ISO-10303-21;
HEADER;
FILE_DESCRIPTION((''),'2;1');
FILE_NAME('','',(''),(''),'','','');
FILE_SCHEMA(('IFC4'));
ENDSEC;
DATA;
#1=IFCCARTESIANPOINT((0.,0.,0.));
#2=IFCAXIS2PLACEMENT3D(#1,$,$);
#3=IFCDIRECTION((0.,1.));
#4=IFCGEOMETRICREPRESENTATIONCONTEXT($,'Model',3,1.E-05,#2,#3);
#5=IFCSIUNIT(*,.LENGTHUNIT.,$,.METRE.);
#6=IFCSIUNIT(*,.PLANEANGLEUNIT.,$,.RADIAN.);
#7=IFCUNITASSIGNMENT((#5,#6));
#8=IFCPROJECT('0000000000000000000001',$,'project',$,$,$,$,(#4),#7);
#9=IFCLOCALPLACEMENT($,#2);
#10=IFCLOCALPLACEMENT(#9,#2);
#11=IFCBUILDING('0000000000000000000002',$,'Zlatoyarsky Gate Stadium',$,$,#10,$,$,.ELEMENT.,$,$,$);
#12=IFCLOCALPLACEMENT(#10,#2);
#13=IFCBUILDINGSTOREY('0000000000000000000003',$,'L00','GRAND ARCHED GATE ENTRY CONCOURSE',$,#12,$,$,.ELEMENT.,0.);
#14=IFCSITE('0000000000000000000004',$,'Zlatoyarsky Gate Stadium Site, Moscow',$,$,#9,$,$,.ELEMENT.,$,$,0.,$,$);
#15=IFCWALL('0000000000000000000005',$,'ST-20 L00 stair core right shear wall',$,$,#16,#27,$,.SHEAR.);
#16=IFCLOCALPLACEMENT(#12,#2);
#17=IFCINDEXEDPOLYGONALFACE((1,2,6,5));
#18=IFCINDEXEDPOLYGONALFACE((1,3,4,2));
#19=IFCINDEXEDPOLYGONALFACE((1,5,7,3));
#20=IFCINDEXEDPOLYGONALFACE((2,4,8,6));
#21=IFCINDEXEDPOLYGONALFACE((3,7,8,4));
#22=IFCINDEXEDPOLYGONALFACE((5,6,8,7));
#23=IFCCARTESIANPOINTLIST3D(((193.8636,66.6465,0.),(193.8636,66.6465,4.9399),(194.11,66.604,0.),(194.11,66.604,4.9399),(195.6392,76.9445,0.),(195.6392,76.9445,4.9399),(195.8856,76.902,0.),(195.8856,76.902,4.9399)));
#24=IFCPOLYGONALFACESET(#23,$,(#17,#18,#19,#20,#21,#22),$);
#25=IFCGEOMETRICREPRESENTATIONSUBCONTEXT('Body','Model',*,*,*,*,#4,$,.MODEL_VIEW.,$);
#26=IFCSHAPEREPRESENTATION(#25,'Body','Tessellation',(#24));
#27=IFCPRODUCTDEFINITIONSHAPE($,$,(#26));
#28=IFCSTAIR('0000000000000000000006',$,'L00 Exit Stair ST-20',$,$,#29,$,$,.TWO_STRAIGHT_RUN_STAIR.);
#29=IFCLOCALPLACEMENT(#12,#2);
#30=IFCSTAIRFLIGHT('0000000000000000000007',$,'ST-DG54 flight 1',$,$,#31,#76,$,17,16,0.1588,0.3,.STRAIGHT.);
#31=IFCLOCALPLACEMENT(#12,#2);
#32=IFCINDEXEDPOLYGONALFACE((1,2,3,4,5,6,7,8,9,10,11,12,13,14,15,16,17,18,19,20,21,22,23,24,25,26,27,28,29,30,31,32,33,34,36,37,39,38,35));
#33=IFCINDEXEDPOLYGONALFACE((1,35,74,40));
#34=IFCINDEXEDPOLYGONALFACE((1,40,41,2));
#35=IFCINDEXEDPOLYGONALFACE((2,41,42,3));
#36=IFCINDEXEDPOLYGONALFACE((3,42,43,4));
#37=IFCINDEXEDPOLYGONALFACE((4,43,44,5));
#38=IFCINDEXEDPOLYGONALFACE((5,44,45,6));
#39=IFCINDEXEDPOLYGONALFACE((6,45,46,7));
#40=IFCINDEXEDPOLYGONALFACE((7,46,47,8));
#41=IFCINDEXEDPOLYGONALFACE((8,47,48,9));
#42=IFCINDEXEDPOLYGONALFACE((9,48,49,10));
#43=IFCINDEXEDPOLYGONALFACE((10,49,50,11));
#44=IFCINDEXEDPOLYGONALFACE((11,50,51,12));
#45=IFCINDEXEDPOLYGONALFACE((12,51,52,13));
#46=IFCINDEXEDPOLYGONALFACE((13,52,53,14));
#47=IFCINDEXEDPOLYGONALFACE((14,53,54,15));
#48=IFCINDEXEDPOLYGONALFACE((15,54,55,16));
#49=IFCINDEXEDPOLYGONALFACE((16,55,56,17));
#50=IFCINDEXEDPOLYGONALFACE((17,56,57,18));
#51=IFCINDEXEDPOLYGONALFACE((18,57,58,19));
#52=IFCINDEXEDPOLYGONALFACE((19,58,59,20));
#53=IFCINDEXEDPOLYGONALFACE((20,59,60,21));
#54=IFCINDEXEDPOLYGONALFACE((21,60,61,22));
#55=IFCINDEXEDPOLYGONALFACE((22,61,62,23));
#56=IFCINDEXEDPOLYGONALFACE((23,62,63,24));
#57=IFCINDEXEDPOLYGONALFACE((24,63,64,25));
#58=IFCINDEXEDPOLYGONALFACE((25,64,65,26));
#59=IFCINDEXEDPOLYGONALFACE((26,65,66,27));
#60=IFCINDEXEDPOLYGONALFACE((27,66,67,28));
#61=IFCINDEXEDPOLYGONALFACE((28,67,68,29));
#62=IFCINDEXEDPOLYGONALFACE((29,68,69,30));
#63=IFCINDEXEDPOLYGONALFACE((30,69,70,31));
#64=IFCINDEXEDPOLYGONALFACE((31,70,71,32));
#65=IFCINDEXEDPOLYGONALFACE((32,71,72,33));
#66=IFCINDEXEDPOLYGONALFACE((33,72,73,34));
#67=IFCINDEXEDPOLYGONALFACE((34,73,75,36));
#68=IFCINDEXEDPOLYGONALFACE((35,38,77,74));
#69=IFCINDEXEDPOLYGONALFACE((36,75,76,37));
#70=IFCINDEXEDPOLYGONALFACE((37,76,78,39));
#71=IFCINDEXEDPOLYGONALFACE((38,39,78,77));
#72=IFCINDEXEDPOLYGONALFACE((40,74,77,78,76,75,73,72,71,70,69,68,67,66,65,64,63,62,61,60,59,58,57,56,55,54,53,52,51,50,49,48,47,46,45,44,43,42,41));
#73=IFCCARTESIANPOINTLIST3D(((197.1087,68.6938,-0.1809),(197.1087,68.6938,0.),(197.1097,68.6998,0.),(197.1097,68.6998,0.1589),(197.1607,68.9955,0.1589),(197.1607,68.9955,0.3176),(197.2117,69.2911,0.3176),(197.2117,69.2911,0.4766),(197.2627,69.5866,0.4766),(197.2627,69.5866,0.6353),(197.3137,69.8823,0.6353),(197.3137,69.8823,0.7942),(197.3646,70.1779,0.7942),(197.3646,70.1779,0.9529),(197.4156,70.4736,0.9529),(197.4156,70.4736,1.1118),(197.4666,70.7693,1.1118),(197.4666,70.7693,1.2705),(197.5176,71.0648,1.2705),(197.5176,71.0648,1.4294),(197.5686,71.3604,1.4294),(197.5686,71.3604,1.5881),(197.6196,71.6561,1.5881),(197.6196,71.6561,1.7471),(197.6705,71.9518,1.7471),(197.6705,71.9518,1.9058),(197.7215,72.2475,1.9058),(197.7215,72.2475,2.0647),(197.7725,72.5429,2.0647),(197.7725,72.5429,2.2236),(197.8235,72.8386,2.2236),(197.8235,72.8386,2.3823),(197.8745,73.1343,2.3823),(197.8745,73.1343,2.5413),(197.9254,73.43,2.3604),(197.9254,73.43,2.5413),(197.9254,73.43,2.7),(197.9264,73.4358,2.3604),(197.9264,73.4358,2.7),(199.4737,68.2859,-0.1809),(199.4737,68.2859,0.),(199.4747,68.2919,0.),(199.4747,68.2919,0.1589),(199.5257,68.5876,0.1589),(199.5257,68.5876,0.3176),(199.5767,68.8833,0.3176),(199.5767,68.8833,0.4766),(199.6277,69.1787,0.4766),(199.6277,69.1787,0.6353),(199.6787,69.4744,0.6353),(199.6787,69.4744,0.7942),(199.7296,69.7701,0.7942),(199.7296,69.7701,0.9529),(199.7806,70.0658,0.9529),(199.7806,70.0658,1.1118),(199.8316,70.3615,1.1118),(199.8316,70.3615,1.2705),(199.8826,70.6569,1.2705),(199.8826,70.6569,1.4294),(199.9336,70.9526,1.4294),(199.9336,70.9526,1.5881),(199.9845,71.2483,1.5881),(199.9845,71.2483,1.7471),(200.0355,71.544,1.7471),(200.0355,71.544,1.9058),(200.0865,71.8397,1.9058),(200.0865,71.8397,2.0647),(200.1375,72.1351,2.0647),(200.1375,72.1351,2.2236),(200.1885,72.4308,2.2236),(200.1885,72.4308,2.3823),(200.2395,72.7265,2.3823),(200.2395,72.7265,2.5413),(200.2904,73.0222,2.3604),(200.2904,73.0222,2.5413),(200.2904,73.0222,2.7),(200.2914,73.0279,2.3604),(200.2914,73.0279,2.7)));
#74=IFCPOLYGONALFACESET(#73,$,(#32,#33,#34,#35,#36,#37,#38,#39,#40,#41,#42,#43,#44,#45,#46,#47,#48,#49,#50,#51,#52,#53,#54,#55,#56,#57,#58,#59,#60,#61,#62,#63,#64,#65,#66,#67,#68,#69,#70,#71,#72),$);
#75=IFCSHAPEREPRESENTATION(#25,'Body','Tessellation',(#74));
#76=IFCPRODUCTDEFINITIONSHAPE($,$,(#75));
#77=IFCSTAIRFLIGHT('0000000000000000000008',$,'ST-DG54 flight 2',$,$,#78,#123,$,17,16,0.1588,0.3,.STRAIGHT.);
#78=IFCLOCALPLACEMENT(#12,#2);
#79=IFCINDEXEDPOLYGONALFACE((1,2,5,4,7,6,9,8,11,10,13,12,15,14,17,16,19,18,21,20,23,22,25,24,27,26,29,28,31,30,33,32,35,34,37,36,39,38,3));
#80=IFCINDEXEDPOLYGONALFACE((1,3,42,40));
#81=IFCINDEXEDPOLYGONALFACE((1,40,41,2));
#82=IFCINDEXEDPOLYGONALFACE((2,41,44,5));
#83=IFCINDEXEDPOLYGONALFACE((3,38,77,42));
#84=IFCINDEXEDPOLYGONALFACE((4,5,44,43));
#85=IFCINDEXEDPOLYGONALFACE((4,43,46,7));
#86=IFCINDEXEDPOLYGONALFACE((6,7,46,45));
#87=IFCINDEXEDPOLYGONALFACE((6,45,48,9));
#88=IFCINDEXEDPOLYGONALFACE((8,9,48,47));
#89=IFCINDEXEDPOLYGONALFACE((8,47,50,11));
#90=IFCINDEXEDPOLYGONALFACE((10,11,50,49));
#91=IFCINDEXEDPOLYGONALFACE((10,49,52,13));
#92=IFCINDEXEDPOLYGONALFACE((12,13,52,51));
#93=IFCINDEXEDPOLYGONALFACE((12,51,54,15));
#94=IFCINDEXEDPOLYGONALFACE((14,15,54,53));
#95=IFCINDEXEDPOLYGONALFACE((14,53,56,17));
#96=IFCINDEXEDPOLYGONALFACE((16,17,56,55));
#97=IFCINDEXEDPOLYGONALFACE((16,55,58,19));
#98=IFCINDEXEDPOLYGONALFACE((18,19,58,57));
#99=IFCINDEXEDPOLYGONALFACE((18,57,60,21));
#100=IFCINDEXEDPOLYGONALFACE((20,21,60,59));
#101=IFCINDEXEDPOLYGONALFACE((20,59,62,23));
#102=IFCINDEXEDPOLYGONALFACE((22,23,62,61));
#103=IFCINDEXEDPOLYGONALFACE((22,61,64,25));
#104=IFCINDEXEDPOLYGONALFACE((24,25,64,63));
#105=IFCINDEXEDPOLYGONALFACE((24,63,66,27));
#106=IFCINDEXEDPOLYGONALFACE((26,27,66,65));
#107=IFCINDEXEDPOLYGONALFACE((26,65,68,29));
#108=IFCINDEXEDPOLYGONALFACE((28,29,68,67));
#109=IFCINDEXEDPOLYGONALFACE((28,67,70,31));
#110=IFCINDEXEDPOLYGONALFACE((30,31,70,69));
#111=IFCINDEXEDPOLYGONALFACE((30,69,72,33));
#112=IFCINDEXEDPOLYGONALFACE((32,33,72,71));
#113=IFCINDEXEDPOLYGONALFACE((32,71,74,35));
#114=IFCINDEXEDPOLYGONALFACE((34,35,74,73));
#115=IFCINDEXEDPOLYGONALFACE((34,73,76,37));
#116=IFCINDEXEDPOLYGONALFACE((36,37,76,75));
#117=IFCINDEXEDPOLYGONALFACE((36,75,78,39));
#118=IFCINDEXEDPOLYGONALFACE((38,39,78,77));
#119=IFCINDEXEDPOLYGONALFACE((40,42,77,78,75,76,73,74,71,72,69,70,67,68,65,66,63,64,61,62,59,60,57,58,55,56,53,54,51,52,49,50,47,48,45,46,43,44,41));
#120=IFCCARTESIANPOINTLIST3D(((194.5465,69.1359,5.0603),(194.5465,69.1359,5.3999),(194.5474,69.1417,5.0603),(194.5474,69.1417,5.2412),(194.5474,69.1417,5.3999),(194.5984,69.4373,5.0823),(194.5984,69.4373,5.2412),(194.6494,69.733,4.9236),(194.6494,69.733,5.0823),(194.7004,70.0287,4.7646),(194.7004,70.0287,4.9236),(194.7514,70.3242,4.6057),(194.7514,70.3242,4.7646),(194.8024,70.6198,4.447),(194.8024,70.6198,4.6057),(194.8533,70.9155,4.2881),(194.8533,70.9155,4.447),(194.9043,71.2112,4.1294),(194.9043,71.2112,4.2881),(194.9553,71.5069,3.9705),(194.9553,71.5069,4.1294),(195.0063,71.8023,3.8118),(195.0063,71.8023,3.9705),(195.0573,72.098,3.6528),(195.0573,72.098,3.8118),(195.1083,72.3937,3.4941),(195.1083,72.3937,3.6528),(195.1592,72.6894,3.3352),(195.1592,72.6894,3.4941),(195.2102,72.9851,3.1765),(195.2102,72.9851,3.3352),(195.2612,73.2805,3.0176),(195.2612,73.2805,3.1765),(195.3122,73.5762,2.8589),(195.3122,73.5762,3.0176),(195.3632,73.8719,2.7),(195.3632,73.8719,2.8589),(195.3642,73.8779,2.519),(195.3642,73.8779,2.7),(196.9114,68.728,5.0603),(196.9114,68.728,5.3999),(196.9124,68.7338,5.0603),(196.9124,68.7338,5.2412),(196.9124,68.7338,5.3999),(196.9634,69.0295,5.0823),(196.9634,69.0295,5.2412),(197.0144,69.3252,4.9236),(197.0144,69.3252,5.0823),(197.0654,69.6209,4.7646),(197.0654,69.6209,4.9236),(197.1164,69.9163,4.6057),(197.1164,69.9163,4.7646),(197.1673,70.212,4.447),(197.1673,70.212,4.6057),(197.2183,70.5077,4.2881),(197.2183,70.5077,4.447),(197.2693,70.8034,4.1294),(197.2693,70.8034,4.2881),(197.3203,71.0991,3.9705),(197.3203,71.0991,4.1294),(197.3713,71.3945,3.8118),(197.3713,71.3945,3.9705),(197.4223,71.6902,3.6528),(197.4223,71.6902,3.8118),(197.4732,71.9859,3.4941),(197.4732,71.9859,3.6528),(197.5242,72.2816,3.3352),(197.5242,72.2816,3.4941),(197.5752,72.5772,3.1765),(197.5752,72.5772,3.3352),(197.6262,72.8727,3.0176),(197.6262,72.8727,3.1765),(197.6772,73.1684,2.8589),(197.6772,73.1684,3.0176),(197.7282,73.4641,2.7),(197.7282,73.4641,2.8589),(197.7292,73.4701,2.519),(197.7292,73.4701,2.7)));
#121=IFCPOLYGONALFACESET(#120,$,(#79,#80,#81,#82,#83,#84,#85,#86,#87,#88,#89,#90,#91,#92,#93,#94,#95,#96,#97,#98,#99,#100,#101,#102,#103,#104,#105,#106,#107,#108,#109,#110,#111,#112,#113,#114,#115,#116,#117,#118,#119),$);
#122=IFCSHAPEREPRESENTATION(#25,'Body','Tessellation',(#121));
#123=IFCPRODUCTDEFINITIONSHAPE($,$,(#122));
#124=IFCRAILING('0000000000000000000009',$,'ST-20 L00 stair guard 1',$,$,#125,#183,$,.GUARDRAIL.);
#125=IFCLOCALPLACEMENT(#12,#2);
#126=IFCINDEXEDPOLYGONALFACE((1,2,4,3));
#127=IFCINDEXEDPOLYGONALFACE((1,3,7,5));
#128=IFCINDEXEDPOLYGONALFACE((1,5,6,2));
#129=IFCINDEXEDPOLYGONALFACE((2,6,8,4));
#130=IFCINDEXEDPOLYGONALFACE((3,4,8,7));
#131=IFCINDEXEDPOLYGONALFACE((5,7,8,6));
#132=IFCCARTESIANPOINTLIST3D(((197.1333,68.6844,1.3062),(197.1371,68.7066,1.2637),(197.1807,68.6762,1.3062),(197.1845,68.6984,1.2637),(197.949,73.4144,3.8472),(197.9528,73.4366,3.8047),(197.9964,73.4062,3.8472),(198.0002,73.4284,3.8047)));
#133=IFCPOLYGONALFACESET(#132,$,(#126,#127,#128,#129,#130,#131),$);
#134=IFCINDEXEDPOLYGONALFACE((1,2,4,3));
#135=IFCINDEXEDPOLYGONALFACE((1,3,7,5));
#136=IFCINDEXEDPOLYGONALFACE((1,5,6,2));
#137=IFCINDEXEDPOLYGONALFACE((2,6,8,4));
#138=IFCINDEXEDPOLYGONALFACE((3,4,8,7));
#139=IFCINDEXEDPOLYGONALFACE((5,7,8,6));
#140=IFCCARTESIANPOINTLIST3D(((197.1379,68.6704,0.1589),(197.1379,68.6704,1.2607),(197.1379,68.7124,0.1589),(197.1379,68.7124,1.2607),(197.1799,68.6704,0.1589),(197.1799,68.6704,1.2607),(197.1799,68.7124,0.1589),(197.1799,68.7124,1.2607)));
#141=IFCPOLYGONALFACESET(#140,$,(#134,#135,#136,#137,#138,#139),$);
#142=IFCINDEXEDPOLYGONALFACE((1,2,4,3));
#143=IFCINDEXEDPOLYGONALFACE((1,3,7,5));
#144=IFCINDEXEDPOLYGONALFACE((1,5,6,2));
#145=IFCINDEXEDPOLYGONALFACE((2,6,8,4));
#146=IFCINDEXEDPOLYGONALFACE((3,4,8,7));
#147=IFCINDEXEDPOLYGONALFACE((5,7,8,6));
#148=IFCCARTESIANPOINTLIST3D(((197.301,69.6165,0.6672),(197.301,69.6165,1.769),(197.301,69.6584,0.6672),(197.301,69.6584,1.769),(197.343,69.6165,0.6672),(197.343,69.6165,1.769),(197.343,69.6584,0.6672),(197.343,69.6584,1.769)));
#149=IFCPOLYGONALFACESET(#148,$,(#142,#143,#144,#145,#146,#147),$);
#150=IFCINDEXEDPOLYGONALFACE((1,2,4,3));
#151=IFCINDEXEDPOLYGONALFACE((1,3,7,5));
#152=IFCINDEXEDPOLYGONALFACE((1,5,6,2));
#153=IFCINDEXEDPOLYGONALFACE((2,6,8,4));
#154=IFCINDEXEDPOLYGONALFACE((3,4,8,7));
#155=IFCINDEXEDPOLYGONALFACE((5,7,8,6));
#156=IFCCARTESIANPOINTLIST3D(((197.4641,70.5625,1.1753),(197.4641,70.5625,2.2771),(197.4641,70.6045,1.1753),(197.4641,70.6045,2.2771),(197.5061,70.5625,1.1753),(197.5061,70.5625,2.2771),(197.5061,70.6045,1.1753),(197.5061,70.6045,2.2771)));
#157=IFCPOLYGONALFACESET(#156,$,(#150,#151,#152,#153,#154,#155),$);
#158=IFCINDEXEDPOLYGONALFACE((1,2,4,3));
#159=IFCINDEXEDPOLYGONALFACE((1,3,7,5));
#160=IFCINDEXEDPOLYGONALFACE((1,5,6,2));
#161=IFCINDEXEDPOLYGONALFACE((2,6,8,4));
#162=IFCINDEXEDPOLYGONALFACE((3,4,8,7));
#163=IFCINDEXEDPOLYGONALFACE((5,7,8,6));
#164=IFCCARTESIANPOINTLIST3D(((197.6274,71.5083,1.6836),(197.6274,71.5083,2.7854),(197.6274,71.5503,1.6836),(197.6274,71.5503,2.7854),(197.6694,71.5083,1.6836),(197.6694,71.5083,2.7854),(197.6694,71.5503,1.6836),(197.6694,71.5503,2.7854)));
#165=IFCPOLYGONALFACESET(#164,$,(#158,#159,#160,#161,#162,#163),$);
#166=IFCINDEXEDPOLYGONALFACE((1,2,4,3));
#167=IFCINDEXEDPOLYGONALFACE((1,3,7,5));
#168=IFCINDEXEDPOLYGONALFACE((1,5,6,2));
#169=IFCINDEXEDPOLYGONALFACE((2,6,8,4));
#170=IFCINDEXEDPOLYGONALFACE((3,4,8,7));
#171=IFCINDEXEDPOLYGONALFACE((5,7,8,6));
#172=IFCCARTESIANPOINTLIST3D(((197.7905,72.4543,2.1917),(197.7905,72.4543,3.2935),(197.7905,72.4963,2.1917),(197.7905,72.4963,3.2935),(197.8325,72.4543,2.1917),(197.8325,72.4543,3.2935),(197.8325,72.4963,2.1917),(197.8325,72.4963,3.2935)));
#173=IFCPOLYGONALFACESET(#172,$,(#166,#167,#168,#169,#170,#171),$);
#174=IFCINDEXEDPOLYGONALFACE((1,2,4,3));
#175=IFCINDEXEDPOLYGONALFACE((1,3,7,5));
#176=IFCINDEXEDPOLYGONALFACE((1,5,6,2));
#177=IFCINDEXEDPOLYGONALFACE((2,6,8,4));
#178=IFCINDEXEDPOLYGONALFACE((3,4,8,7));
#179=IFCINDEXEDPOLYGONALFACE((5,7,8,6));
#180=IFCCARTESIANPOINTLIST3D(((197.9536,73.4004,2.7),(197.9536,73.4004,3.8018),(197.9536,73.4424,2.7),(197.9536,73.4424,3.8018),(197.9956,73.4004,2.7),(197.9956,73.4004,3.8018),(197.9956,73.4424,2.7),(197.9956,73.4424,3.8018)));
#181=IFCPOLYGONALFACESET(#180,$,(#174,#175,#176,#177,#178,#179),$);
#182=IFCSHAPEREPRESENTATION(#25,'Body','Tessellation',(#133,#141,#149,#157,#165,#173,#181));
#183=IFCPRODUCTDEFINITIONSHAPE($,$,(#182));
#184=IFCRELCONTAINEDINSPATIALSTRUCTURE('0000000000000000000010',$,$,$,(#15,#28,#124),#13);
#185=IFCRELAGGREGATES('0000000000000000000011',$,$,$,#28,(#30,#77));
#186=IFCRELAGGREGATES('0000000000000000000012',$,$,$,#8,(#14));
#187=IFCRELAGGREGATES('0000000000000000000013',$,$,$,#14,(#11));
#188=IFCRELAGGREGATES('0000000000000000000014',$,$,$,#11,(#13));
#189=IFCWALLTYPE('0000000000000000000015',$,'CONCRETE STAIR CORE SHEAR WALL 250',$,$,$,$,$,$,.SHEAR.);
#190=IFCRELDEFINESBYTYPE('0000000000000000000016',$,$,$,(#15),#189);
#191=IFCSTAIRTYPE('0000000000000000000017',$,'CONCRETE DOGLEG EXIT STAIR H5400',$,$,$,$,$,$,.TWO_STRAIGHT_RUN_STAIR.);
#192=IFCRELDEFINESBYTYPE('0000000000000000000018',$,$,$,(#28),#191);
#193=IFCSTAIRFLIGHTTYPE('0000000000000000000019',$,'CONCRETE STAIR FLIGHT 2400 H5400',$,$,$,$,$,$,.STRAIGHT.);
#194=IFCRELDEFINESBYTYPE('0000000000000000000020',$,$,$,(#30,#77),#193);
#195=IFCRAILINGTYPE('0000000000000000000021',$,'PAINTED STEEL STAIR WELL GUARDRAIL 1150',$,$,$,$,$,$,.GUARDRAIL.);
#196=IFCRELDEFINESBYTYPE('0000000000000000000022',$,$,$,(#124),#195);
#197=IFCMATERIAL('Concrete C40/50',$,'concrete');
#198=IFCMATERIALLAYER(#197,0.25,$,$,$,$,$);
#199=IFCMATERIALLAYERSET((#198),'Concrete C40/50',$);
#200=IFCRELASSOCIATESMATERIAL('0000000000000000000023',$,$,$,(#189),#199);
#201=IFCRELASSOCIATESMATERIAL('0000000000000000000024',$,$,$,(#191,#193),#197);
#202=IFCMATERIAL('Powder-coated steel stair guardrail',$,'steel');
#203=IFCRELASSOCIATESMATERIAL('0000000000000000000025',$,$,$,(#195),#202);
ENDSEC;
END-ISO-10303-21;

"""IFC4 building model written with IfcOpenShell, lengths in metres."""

from ifc_helpers import new_model, si_unit, direction, frame, frame_2d, origin, origin_2d, place, context, subcontext, project, spatial, polyline, rectangle, outline, extrude, material, layer, layer_set, type_object, element, aggregate, save


model = new_model("IFC4")

# Units and contexts
model_context = context("Model", 3, precision=1e-05, world=origin(), true_north=direction((0.0, 1.0)))
body_context = subcontext(model_context, "Body", "Model", "MODEL_VIEW")
ifc_project = project(units=[si_unit("LENGTHUNIT", "METRE"), si_unit("PLANEANGLEUNIT", "RADIAN")], contexts=[model_context])

# Site, building, storey
site_placement = place(None, origin())
site = spatial("IfcSite", under=ifc_project, at=site_placement, Name="Zlatoyarsky Gate Stadium Site, Moscow", CompositionType="ELEMENT", RefElevation=0.0)
building_placement = place(site_placement, origin())
building = spatial("IfcBuilding", under=site, at=building_placement, Name="Zlatoyarsky Gate Stadium", CompositionType="ELEMENT")
storey_placement = place(building_placement, origin())
storey = spatial("IfcBuildingStorey", under=building, at=storey_placement, Name="L00", Description="GRAND ARCHED GATE ENTRY CONCOURSE", CompositionType="ELEMENT", Elevation=0.0)

# Shared definitions
ifc_material_1 = material(Name="Concrete C40/50", Category="concrete")

# Wall
ifc_layer_1 = layer(ifc_material_1, 0.25)
ifc_layer_set_1 = layer_set([ifc_layer_1], Name="Concrete C40/50")
wall_type_1 = type_object("IfcWallType", Name="CONCRETE STAIR CORE SHEAR WALL 250", PredefinedType="SHEAR", material=ifc_layer_set_1)
wall_1_placement = place(storey_placement, frame((195.7625, 76.9233, 0.0), z_axis=(0.0, 0.0, 1.0), x_axis=(-0.169916, -0.985458, 0.0)))
element("IfcWall", 1, at=wall_1_placement, inside=storey, type_object=wall_type_1, Name="ST-20 L00 stair core right shear wall", PredefinedType="SHEAR", context=body_context, shape_type="SweptSolid", body=[
    extrude(rectangle(XDim=10.45, YDim=0.25, at=frame_2d((5.2251, 0.0))), origin(), (0.0, 0.0, 1.0), 4.9399),
])

# Stair, stair flights
stair_type = type_object("IfcStairType", Name="CONCRETE DOGLEG EXIT STAIR H5400", PredefinedType="TWO_STRAIGHT_RUN_STAIR", material=ifc_material_1)
stair_placement = place(storey_placement, origin())
stair = element("IfcStair", 2, at=stair_placement, inside=storey, type_object=stair_type, Name="L00 Exit Stair ST-20", PredefinedType="TWO_STRAIGHT_RUN_STAIR")
stair_flight_type = type_object("IfcStairFlightType", Name="CONCRETE STAIR FLIGHT 2400 H5400", PredefinedType="STRAIGHT", material=ifc_material_1)
stair_flight_1_placement = place(storey_placement, frame((198.2922, 68.4958, 0.0), z_axis=(0.0, 0.0, 1.0), x_axis=(0.169938, 0.985455, 0.0)))
stair_flight_1 = element("IfcStairFlight", 3, at=stair_flight_1_placement, type_object=stair_flight_type, Name="ST-DG54 flight 1", NumberOfRisers=17, NumberOfTreads=16, PredefinedType="STRAIGHT", RiserHeight=0.1588, TreadLength=0.3, context=body_context, shape_type="SweptSolid", body=[
    extrude(outline(polyline([(-0.0061, -0.1809), (-0.0061, 0.0), (0.0, 0.0), (0.0, 0.1589), (0.3, 0.1589), (0.3, 0.3176), (0.6001, 0.3176), (0.6001, 0.4766), (0.8999, 0.4766), (0.8999, 0.6353), (1.2, 0.6353), (1.2, 0.7942), (1.5, 0.7942), (1.5, 0.9529), (1.8, 0.9529), (1.8, 1.1118), (2.1001, 1.1118), (2.1001, 1.2705), (2.3999, 1.2705), (2.3999, 1.4294), (2.7, 1.4294), (2.7, 1.5881), (3.0, 1.5881), (3.0, 1.7471), (3.3, 1.7471), (3.3, 1.9058), (3.6001, 1.9058), (3.6001, 2.0647), (3.8999, 2.0647), (3.8999, 2.2236), (4.2, 2.2236), (4.2, 2.3823), (4.5, 2.3823), (4.5, 2.5413), (4.8, 2.5413), (4.8, 2.7), (4.8059, 2.7), (4.8059, 2.3604), (4.8, 2.3604), (-0.0061, -0.1809)])), frame((0.0, 1.2, 0.0), z_axis=(0.0, -1.0, 0.0), x_axis=(1.0, 0.0, 0.0)), (0.0, 0.0, 1.0), 2.3999),
])
stair_flight_2_placement = place(storey_placement, frame((196.5457, 73.668, 2.7), z_axis=(0.0, 0.0, 1.0), x_axis=(-0.169938, -0.985455, 0.0)))
stair_flight_2 = element("IfcStairFlight", 4, at=stair_flight_2_placement, type_object=stair_flight_type, Name="ST-DG54 flight 2", NumberOfRisers=17, NumberOfTreads=16, PredefinedType="STRAIGHT", RiserHeight=0.1588, TreadLength=0.3, context=body_context, shape_type="SweptSolid", body=[
    extrude(outline(polyline([(-0.0061, -0.1809), (-0.0061, 0.0), (0.0, 0.0), (0.0, 0.1589), (0.3, 0.1589), (0.3, 0.3176), (0.6001, 0.3176), (0.6001, 0.4766), (0.8999, 0.4766), (0.8999, 0.6353), (1.2, 0.6353), (1.2, 0.7942), (1.5, 0.7942), (1.5, 0.9529), (1.8, 0.9529), (1.8, 1.1118), (2.1001, 1.1118), (2.1001, 1.2705), (2.3999, 1.2705), (2.3999, 1.4294), (2.7, 1.4294), (2.7, 1.5881), (3.0, 1.5881), (3.0, 1.7471), (3.3, 1.7471), (3.3, 1.9058), (3.6001, 1.9058), (3.6001, 2.0647), (3.8999, 2.0647), (3.8999, 2.2236), (4.2, 2.2236), (4.2, 2.3823), (4.5, 2.3823), (4.5, 2.5413), (4.8, 2.5413), (4.8, 2.7), (4.8059, 2.7), (4.8059, 2.3604), (4.8, 2.3604), (-0.0061, -0.1809)])), frame((0.0, 1.2, 0.0), z_axis=(0.0, -1.0, 0.0), x_axis=(1.0, 0.0, 0.0)), (0.0, 0.0, 1.0), 2.3999),
])
aggregate(stair, [stair_flight_1, stair_flight_2])

# Railing
ifc_material_2 = material(Name="Powder-coated steel stair guardrail", Category="steel")
railing_type_1 = type_object("IfcRailingType", Name="PAINTED STEEL STAIR WELL GUARDRAIL 1150", PredefinedType="GUARDRAIL", material=ifc_material_2)
railing_1_placement = place(storey_placement, frame((197.1589, 68.6914, 0.1589)))
element("IfcRailing", 5, at=railing_1_placement, inside=storey, type_object=railing_type_1, Name="ST-20 L00 stair guard 1", PredefinedType="GUARDRAIL", context=body_context, shape_type="SweptSolid", body=[
    extrude(rectangle(XDim=0.0481, YDim=0.0481, at=origin_2d()), frame((0.0, 0.0, 1.126), z_axis=(0.150191, 0.870937, 0.46788), x_axis=(-0.985455, 0.169939, 0.0)), (0.0, 0.0, 1.0), 5.4309),
    extrude(rectangle(XDim=0.042, YDim=0.042, at=origin_2d()), origin(), (0.0, 0.0, 1.0), 1.1018),
    extrude(rectangle(XDim=0.042, YDim=0.042, at=origin_2d()), frame((0.1631, 0.946, 0.5083)), (0.0, 0.0, 1.0), 1.1018),
    extrude(rectangle(XDim=0.042, YDim=0.042, at=origin_2d()), frame((0.3262, 1.8921, 1.0164)), (0.0, 0.0, 1.0), 1.1018),
    extrude(rectangle(XDim=0.042, YDim=0.042, at=origin_2d()), frame((0.4895, 2.8379, 1.5247)), (0.0, 0.0, 1.0), 1.1018),
    extrude(rectangle(XDim=0.042, YDim=0.042, at=origin_2d()), frame((0.6526, 3.7839, 2.0327)), (0.0, 0.0, 1.0), 1.1018),
    extrude(rectangle(XDim=0.042, YDim=0.042, at=origin_2d()), frame((0.8157, 4.73, 2.541)), (0.0, 0.0, 1.0), 1.1018),
])

save(model, "model.ifc")
